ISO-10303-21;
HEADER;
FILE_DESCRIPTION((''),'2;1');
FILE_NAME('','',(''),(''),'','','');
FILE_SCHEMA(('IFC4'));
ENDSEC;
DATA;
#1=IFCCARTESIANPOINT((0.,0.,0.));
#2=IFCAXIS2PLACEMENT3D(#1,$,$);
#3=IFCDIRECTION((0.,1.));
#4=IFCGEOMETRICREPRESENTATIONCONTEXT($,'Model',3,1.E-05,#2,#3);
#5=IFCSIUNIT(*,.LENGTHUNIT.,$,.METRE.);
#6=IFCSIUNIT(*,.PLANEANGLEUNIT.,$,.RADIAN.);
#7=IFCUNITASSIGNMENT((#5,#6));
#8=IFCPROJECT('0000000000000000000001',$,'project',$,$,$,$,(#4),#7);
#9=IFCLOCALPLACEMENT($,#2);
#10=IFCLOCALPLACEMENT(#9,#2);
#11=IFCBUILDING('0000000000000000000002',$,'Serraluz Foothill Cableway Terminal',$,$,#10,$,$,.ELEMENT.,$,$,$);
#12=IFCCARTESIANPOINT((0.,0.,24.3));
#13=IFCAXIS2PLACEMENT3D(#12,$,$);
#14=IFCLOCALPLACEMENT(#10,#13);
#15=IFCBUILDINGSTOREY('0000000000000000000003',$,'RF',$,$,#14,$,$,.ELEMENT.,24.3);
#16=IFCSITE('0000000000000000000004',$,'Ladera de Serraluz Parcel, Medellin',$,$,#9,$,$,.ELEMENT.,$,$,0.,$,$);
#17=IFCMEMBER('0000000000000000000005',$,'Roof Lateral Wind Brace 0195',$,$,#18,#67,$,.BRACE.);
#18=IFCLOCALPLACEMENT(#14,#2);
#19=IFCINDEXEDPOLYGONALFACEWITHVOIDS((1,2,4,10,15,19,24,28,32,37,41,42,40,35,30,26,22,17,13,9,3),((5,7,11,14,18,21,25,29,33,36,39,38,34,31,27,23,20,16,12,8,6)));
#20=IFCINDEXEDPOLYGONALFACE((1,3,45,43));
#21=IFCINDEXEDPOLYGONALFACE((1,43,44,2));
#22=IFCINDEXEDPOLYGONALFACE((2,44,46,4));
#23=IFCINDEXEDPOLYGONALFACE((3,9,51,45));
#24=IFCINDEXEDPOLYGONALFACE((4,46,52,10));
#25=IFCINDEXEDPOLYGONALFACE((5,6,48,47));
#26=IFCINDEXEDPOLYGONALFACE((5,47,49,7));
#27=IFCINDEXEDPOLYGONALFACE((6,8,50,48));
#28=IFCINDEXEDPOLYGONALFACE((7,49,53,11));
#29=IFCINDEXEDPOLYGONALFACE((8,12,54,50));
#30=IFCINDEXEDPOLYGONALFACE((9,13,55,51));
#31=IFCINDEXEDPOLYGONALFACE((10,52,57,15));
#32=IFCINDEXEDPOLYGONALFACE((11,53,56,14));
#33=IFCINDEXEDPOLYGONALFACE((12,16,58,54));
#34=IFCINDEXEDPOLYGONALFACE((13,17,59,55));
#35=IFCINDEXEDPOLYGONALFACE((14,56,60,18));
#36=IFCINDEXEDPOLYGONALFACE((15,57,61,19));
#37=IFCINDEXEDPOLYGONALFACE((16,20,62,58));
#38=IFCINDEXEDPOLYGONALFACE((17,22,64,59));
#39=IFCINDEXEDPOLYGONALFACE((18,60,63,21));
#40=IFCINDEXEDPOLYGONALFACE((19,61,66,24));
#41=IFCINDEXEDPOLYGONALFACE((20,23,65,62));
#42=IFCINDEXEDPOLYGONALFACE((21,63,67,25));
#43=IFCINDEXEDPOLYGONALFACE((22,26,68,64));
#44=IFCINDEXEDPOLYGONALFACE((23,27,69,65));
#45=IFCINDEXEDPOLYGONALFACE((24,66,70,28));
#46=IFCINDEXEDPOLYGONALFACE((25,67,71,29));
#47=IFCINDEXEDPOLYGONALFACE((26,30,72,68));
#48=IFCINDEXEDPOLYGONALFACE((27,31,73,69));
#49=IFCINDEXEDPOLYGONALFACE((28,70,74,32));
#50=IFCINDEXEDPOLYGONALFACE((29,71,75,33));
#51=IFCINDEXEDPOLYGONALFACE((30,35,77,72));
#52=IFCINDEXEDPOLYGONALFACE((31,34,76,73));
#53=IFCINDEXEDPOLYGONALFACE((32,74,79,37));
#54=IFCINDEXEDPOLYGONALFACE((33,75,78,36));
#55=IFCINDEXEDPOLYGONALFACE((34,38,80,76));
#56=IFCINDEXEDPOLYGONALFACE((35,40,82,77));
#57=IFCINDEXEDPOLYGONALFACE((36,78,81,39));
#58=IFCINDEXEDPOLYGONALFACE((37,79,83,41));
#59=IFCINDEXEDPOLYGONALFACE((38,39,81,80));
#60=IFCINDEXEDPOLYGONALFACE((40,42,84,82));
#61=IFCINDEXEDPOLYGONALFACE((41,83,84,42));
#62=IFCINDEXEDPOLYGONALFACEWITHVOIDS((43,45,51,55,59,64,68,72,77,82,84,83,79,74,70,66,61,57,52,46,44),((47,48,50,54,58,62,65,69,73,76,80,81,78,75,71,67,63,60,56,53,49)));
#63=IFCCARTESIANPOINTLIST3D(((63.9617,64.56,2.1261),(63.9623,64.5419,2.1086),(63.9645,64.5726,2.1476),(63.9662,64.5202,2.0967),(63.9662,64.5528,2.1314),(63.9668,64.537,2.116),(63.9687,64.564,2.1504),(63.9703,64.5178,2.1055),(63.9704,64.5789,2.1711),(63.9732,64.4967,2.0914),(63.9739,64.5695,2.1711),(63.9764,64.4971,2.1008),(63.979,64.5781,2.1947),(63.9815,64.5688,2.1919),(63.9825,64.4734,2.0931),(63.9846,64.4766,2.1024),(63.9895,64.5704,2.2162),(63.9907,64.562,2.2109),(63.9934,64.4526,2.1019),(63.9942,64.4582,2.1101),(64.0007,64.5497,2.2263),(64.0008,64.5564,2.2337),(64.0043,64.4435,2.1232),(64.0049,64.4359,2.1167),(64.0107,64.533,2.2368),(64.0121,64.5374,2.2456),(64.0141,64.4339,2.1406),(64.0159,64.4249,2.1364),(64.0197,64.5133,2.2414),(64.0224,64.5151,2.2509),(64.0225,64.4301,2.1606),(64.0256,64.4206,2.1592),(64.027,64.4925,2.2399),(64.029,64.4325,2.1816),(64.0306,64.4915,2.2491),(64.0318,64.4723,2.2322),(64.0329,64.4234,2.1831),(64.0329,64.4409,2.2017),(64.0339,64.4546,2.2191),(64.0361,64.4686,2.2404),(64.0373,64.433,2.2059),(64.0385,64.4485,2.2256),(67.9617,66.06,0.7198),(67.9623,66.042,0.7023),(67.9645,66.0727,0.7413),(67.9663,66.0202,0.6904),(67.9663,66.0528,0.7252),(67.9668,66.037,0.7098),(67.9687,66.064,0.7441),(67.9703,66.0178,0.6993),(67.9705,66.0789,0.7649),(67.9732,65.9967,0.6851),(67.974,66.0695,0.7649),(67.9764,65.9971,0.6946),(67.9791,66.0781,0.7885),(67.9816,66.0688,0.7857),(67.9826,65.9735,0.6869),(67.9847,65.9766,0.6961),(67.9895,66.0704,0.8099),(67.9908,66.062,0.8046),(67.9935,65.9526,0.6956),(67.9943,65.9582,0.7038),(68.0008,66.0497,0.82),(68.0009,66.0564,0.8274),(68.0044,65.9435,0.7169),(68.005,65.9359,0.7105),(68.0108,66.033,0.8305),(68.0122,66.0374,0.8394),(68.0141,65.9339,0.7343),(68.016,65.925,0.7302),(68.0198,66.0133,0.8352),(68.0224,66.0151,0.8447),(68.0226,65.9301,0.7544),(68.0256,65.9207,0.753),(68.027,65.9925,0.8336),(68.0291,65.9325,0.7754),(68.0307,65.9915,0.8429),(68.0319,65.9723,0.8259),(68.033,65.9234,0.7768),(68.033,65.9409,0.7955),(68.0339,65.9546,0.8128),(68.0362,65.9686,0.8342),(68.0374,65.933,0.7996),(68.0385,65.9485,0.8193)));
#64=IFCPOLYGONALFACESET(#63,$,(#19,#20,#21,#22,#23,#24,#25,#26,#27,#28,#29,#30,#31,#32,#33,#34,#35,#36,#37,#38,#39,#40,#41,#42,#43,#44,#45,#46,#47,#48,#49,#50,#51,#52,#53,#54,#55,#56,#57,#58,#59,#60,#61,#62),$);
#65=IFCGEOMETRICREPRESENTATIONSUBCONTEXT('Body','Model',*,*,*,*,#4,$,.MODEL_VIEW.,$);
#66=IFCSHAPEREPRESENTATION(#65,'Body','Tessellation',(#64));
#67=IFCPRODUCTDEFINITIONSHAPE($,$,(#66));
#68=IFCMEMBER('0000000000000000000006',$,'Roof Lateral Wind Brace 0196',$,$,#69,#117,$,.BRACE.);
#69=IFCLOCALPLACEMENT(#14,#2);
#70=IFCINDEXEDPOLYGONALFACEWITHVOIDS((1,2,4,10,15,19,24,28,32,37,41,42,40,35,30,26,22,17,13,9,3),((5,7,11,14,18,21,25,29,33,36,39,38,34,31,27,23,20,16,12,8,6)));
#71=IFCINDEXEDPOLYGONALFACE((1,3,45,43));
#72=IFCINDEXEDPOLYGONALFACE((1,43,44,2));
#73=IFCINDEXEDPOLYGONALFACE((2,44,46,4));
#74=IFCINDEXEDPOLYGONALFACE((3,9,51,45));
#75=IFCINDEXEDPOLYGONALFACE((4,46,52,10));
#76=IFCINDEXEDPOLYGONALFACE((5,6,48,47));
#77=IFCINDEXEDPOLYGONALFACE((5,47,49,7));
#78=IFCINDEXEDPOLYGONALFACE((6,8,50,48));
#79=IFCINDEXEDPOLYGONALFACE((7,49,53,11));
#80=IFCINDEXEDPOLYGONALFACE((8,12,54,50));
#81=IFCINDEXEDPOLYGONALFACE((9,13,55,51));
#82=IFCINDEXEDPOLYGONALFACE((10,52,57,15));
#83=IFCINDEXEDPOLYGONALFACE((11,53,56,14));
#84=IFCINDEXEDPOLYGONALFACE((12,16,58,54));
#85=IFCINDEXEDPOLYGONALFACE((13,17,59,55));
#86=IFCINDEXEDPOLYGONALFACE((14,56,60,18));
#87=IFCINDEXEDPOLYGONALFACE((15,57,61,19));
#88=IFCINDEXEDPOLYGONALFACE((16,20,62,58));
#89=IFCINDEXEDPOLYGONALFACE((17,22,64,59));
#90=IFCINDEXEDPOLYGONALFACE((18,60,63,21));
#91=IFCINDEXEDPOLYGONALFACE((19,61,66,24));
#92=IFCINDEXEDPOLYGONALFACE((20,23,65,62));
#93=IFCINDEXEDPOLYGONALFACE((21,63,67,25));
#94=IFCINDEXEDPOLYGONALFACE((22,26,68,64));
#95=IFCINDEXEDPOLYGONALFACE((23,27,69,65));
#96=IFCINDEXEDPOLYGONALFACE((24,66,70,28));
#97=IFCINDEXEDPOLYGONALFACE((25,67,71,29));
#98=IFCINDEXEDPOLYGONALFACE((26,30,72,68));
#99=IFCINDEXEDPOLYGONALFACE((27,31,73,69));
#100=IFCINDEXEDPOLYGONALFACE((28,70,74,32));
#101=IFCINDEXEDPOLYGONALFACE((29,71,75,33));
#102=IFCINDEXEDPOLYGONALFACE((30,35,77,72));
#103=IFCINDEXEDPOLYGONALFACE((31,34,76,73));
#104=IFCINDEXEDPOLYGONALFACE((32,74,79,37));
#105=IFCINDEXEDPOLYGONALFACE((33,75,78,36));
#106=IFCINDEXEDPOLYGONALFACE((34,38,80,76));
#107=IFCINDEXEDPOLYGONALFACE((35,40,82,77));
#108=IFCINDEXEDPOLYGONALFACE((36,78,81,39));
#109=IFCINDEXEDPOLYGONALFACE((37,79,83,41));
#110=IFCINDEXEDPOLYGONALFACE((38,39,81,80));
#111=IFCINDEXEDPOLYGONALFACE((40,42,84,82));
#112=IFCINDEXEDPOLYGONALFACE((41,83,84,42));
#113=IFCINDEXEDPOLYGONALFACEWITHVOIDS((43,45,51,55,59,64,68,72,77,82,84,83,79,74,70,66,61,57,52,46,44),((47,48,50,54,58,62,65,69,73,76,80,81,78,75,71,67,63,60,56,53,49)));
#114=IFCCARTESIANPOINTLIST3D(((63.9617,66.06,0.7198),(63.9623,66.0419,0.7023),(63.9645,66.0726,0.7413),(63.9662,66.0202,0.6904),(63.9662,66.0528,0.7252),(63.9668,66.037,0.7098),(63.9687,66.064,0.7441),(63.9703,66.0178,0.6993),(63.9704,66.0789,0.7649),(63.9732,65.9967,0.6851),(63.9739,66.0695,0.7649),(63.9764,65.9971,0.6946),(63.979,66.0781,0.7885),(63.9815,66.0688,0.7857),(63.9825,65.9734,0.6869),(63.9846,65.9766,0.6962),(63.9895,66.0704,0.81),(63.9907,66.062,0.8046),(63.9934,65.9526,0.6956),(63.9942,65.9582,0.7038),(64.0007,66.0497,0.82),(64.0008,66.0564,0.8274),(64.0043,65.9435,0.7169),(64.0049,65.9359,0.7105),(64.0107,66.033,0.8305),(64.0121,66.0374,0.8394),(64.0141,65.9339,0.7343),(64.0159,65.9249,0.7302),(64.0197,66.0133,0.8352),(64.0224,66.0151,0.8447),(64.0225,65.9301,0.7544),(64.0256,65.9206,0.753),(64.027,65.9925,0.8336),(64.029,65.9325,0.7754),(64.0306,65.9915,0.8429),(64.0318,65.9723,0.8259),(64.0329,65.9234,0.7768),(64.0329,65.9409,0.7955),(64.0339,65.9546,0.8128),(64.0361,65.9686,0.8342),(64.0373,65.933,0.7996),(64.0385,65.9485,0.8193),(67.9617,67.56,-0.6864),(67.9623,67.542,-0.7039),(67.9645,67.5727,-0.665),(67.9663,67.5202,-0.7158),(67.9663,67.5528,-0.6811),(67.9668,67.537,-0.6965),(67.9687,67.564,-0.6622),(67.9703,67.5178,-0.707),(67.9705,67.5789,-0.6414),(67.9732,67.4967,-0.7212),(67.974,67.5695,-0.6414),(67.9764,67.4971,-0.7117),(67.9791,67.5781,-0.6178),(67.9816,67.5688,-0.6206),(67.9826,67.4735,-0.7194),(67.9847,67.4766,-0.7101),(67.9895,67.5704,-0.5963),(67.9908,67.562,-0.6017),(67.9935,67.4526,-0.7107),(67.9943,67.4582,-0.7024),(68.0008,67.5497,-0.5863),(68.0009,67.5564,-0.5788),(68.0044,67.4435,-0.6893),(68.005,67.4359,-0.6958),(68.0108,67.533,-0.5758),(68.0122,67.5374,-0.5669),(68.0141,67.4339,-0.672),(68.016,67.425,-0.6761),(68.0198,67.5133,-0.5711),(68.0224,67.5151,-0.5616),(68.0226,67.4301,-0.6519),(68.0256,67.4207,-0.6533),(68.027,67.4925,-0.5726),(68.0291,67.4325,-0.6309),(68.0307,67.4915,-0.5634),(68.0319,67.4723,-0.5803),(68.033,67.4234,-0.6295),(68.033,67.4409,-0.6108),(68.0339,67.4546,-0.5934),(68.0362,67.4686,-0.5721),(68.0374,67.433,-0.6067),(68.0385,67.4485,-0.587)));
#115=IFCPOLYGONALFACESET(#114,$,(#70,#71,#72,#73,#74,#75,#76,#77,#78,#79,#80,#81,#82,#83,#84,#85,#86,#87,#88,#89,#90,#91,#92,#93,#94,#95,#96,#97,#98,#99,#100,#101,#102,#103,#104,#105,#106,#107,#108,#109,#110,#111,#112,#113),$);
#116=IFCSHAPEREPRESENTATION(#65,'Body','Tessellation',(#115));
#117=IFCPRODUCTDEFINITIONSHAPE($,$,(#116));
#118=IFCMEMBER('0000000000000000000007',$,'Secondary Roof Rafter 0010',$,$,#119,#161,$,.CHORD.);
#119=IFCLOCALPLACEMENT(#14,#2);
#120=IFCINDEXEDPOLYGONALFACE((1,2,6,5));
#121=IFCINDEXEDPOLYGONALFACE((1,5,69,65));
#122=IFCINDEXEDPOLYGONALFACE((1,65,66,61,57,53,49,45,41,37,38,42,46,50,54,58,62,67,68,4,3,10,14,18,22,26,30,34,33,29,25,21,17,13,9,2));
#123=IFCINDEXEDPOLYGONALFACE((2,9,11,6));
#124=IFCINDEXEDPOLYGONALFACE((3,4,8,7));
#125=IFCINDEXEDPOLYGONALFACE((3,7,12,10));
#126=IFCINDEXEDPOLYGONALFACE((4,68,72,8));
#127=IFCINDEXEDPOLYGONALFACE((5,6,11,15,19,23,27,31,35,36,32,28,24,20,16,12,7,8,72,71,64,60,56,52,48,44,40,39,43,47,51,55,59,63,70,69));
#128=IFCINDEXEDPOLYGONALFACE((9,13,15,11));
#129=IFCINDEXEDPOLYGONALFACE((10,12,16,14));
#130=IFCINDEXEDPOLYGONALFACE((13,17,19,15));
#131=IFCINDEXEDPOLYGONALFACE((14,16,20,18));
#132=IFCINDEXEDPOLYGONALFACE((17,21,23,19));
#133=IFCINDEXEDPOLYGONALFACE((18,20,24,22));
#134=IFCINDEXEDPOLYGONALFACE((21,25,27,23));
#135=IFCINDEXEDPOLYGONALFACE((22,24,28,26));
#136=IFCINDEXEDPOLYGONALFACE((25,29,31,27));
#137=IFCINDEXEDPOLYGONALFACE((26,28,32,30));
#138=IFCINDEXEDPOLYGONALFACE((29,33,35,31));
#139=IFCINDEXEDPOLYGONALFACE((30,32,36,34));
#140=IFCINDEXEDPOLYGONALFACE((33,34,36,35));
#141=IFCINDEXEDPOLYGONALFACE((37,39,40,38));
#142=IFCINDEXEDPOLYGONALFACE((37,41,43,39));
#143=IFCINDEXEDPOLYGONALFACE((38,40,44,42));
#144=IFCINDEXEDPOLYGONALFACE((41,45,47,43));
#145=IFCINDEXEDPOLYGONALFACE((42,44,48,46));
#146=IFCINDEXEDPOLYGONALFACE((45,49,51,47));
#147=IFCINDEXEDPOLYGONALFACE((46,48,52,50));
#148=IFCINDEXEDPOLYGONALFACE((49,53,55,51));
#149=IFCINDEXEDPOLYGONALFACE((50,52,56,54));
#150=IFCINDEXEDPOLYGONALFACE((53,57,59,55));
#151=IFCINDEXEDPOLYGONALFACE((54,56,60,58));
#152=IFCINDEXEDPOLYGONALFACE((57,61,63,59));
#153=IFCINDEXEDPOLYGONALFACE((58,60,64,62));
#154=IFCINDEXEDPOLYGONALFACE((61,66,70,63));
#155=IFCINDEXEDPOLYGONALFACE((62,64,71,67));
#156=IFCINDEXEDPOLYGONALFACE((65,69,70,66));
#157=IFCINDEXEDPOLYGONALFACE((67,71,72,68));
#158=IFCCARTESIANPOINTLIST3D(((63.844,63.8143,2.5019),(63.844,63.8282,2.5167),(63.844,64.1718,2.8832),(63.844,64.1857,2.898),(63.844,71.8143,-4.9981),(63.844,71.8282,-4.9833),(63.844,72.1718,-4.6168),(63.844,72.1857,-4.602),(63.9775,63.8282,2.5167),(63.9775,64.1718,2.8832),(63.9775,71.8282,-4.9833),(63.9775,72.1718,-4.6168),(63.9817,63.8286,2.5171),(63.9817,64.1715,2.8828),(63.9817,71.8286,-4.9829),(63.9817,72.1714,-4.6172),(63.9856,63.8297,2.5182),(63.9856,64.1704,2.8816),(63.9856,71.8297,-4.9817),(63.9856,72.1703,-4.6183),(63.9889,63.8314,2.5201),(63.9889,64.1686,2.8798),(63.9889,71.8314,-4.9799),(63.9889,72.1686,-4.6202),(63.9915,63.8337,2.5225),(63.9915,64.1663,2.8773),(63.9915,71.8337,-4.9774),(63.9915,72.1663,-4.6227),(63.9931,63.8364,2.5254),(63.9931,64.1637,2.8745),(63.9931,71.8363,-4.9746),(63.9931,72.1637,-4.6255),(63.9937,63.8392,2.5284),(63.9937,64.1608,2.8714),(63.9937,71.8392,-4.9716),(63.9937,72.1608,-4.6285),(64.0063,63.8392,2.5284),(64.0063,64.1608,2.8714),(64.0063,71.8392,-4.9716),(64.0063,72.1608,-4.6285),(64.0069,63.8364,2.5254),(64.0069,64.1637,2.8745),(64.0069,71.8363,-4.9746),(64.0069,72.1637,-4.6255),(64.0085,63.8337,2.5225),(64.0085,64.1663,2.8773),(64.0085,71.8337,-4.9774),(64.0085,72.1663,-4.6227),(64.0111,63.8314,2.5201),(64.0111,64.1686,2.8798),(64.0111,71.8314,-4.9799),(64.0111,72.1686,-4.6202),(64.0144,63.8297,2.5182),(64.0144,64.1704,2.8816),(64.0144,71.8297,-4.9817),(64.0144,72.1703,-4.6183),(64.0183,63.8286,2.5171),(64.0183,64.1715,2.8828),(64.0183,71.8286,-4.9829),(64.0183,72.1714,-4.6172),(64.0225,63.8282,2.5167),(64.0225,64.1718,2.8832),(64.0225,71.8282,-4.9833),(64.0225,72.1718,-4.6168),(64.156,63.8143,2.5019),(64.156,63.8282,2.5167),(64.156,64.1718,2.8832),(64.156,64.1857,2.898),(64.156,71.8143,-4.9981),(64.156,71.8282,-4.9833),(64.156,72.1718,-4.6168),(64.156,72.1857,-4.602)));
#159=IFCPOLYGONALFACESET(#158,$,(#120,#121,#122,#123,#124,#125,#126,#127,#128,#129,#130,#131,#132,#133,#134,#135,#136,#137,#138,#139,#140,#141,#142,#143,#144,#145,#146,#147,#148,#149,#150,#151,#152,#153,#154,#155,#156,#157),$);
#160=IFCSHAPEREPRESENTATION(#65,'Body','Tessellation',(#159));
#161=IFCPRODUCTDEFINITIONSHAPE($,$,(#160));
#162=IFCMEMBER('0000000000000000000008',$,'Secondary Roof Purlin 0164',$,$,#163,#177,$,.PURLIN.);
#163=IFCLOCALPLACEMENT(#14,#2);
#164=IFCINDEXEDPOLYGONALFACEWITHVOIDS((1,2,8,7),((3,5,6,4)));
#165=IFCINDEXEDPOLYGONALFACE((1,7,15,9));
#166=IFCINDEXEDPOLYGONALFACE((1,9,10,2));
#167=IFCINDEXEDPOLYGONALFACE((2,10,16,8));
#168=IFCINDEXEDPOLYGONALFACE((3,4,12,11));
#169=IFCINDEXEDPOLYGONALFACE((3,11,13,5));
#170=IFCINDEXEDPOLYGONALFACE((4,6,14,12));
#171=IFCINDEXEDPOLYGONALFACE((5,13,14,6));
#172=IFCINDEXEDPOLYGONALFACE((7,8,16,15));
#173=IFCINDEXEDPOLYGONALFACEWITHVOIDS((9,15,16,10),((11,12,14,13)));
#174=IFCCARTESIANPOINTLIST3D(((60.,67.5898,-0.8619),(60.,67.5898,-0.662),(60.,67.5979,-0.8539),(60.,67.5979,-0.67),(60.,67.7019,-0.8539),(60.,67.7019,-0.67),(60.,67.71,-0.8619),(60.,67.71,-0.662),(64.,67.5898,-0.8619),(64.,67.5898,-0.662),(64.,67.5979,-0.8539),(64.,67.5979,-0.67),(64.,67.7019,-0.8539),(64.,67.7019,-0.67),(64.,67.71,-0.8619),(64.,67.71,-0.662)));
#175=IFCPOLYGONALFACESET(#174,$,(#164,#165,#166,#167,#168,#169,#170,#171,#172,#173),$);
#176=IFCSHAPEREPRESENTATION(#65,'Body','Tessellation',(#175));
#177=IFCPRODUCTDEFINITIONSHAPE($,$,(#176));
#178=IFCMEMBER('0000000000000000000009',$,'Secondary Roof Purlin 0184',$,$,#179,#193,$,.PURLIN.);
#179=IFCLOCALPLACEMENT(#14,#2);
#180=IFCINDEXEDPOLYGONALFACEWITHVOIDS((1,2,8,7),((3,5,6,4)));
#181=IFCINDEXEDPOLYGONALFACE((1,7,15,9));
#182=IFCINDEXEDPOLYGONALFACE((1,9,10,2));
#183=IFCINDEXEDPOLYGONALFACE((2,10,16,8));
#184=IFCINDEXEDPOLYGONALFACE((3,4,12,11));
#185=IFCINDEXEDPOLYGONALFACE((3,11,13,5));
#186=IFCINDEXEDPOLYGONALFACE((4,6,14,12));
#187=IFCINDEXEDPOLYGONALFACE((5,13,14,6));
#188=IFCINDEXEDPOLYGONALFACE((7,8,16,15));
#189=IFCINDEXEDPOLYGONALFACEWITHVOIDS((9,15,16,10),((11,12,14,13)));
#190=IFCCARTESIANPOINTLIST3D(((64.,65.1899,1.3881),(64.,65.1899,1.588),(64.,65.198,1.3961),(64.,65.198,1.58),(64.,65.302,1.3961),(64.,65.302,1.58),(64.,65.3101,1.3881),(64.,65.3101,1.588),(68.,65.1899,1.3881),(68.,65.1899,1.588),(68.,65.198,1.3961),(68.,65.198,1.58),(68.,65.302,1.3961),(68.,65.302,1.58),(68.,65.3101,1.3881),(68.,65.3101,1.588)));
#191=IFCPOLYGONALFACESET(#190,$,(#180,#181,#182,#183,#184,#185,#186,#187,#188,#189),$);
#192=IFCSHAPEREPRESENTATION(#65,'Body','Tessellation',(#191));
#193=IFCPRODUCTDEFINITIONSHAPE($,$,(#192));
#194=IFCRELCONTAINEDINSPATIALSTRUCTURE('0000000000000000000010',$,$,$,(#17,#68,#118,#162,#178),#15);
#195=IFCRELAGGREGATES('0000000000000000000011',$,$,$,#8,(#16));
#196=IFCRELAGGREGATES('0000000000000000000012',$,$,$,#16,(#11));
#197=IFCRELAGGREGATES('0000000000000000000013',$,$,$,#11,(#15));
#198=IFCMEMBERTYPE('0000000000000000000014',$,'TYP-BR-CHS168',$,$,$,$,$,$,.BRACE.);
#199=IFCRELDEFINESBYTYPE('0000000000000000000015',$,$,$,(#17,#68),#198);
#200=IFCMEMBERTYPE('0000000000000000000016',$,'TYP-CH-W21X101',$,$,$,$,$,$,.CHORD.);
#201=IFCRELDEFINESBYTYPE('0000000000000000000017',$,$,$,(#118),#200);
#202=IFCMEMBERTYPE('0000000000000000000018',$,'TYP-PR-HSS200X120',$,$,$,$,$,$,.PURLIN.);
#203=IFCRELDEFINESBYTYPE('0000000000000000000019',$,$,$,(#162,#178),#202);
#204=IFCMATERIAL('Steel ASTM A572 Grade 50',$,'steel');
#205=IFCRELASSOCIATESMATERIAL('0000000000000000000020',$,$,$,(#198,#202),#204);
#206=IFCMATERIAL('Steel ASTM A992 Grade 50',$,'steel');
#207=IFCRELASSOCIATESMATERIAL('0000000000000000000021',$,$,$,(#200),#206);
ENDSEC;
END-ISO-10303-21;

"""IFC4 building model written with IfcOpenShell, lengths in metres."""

from ifc_helpers import new_model, si_unit, direction, frame, origin, origin_2d, place, context, subcontext, project, spatial, hollow_rectangle, hollow_circle, i_section, extrude, material, material_profile, profile_set, type_object, element, save


model = new_model("IFC4")

# Units and contexts
model_context = context("Model", 3, precision=1e-05, world=origin(), true_north=direction((0.0, 1.0)))
body_context = subcontext(model_context, "Body", "Model", "MODEL_VIEW")
ifc_project = project(units=[si_unit("LENGTHUNIT", "METRE"), si_unit("PLANEANGLEUNIT", "RADIAN")], contexts=[model_context])

# Site, building, storey
site_placement = place(None, origin())
site = spatial("IfcSite", under=ifc_project, at=site_placement, Name="Ladera de Serraluz Parcel, Medellin", CompositionType="ELEMENT", RefElevation=0.0)
building_placement = place(site_placement, origin())
building = spatial("IfcBuilding", under=site, at=building_placement, Name="Serraluz Foothill Cableway Terminal", CompositionType="ELEMENT")
storey_placement = place(building_placement, frame((0.0, 0.0, 24.3)))
storey = spatial("IfcBuildingStorey", under=building, at=storey_placement, Name="RF", CompositionType="ELEMENT", Elevation=24.3)

# Members
ifc_material_1 = material(Name="Steel ASTM A572 Grade 50", Category="steel")
ifc_material_profile_1 = material_profile(ifc_material_1, hollow_circle(Radius=0.0842, WallThickness=0.01, at=origin_2d()), Name="CHS168X10")
ifc_profile_set_1 = profile_set([ifc_material_profile_1], Name="Steel ASTM A572 Grade 50")
member_type_1 = type_object("IfcMemberType", Name="TYP-BR-CHS168", PredefinedType="BRACE", material=ifc_profile_set_1)
for number, where, z_axis, x_axis, name in (
    (1, (64.0, 64.5, 2.1711), (0.889382, 0.333518, -0.312673), (-0.351123, 0.936329, 0.0), "Roof Lateral Wind Brace 0195"),
    (2, (64.0, 66.0, 0.7649), (0.889382, 0.333518, -0.312673), (-0.351123, 0.936329, 0.0), "Roof Lateral Wind Brace 0196"),
):
    element("IfcMember", number, at=place(storey_placement, frame(where, z_axis=z_axis, x_axis=x_axis)), inside=storey, type_object=member_type_1, Name=name, PredefinedType="BRACE", context=body_context, shape_type="SweptSolid", body=[
        extrude(hollow_circle(Radius=0.0842, WallThickness=0.01, at=origin_2d()), origin(), (0.0, 0.0, 1.0), 4.4976),
    ])
ifc_material_2 = material(Name="Steel ASTM A992 Grade 50", Category="steel")
ifc_material_profile_2 = material_profile(ifc_material_2, i_section(OverallWidth=0.312, OverallDepth=0.543, WebThickness=0.0127, FlangeThickness=0.0203, FilletRadius=0.0161, at=origin_2d()), Name="W21X101")
ifc_profile_set_2 = profile_set([ifc_material_profile_2], Name="Steel ASTM A992 Grade 50")
member_type_2 = type_object("IfcMemberType", Name="TYP-CH-W21X101", PredefinedType="CHORD", material=ifc_profile_set_2)
member_1_placement = place(storey_placement, frame((64.0, 72.0, -4.8), z_axis=(0.0, -0.729537, 0.683941), x_axis=(1.0, 0.0, 0.0)))
element("IfcMember", 3, at=member_1_placement, inside=storey, type_object=member_type_2, Name="Secondary Roof Rafter 0010", PredefinedType="CHORD", context=body_context, shape_type="SweptSolid", body=[
    extrude(i_section(OverallWidth=0.312, OverallDepth=0.543, WebThickness=0.0127, FlangeThickness=0.0203, FilletRadius=0.0161, at=origin_2d()), origin(), (0.0, 0.0, 1.0), 10.9658),
])
ifc_material_profile_3 = material_profile(ifc_material_1, hollow_rectangle(XDim=0.1201, YDim=0.2, WallThickness=0.0081, at=origin_2d()), Name="HSS200X120X8")
ifc_profile_set_3 = profile_set([ifc_material_profile_3], Name="Steel ASTM A572 Grade 50")
member_type_3 = type_object("IfcMemberType", Name="TYP-PR-HSS200X120", PredefinedType="PURLIN", material=ifc_profile_set_3)
for number, where, z_axis, x_axis, name in (
    (4, (60.0, 67.6499, -0.762), (1.0, 0.0, 0.0), (0.0, 1.0, 0.0), "Secondary Roof Purlin 0164"),
    (5, (64.0, 65.25, 1.488), (1.0, 0.0, 0.0), (0.0, 1.0, 0.0), "Secondary Roof Purlin 0184"),
):
    element("IfcMember", number, at=place(storey_placement, frame(where, z_axis=z_axis, x_axis=x_axis)), inside=storey, type_object=member_type_3, Name=name, PredefinedType="PURLIN", context=body_context, shape_type="SweptSolid", body=[
        extrude(hollow_rectangle(XDim=0.1201, YDim=0.2, WallThickness=0.0081, at=origin_2d()), origin(), (0.0, 0.0, 1.0), 4.0),
    ])

save(model, "model.ifc")
